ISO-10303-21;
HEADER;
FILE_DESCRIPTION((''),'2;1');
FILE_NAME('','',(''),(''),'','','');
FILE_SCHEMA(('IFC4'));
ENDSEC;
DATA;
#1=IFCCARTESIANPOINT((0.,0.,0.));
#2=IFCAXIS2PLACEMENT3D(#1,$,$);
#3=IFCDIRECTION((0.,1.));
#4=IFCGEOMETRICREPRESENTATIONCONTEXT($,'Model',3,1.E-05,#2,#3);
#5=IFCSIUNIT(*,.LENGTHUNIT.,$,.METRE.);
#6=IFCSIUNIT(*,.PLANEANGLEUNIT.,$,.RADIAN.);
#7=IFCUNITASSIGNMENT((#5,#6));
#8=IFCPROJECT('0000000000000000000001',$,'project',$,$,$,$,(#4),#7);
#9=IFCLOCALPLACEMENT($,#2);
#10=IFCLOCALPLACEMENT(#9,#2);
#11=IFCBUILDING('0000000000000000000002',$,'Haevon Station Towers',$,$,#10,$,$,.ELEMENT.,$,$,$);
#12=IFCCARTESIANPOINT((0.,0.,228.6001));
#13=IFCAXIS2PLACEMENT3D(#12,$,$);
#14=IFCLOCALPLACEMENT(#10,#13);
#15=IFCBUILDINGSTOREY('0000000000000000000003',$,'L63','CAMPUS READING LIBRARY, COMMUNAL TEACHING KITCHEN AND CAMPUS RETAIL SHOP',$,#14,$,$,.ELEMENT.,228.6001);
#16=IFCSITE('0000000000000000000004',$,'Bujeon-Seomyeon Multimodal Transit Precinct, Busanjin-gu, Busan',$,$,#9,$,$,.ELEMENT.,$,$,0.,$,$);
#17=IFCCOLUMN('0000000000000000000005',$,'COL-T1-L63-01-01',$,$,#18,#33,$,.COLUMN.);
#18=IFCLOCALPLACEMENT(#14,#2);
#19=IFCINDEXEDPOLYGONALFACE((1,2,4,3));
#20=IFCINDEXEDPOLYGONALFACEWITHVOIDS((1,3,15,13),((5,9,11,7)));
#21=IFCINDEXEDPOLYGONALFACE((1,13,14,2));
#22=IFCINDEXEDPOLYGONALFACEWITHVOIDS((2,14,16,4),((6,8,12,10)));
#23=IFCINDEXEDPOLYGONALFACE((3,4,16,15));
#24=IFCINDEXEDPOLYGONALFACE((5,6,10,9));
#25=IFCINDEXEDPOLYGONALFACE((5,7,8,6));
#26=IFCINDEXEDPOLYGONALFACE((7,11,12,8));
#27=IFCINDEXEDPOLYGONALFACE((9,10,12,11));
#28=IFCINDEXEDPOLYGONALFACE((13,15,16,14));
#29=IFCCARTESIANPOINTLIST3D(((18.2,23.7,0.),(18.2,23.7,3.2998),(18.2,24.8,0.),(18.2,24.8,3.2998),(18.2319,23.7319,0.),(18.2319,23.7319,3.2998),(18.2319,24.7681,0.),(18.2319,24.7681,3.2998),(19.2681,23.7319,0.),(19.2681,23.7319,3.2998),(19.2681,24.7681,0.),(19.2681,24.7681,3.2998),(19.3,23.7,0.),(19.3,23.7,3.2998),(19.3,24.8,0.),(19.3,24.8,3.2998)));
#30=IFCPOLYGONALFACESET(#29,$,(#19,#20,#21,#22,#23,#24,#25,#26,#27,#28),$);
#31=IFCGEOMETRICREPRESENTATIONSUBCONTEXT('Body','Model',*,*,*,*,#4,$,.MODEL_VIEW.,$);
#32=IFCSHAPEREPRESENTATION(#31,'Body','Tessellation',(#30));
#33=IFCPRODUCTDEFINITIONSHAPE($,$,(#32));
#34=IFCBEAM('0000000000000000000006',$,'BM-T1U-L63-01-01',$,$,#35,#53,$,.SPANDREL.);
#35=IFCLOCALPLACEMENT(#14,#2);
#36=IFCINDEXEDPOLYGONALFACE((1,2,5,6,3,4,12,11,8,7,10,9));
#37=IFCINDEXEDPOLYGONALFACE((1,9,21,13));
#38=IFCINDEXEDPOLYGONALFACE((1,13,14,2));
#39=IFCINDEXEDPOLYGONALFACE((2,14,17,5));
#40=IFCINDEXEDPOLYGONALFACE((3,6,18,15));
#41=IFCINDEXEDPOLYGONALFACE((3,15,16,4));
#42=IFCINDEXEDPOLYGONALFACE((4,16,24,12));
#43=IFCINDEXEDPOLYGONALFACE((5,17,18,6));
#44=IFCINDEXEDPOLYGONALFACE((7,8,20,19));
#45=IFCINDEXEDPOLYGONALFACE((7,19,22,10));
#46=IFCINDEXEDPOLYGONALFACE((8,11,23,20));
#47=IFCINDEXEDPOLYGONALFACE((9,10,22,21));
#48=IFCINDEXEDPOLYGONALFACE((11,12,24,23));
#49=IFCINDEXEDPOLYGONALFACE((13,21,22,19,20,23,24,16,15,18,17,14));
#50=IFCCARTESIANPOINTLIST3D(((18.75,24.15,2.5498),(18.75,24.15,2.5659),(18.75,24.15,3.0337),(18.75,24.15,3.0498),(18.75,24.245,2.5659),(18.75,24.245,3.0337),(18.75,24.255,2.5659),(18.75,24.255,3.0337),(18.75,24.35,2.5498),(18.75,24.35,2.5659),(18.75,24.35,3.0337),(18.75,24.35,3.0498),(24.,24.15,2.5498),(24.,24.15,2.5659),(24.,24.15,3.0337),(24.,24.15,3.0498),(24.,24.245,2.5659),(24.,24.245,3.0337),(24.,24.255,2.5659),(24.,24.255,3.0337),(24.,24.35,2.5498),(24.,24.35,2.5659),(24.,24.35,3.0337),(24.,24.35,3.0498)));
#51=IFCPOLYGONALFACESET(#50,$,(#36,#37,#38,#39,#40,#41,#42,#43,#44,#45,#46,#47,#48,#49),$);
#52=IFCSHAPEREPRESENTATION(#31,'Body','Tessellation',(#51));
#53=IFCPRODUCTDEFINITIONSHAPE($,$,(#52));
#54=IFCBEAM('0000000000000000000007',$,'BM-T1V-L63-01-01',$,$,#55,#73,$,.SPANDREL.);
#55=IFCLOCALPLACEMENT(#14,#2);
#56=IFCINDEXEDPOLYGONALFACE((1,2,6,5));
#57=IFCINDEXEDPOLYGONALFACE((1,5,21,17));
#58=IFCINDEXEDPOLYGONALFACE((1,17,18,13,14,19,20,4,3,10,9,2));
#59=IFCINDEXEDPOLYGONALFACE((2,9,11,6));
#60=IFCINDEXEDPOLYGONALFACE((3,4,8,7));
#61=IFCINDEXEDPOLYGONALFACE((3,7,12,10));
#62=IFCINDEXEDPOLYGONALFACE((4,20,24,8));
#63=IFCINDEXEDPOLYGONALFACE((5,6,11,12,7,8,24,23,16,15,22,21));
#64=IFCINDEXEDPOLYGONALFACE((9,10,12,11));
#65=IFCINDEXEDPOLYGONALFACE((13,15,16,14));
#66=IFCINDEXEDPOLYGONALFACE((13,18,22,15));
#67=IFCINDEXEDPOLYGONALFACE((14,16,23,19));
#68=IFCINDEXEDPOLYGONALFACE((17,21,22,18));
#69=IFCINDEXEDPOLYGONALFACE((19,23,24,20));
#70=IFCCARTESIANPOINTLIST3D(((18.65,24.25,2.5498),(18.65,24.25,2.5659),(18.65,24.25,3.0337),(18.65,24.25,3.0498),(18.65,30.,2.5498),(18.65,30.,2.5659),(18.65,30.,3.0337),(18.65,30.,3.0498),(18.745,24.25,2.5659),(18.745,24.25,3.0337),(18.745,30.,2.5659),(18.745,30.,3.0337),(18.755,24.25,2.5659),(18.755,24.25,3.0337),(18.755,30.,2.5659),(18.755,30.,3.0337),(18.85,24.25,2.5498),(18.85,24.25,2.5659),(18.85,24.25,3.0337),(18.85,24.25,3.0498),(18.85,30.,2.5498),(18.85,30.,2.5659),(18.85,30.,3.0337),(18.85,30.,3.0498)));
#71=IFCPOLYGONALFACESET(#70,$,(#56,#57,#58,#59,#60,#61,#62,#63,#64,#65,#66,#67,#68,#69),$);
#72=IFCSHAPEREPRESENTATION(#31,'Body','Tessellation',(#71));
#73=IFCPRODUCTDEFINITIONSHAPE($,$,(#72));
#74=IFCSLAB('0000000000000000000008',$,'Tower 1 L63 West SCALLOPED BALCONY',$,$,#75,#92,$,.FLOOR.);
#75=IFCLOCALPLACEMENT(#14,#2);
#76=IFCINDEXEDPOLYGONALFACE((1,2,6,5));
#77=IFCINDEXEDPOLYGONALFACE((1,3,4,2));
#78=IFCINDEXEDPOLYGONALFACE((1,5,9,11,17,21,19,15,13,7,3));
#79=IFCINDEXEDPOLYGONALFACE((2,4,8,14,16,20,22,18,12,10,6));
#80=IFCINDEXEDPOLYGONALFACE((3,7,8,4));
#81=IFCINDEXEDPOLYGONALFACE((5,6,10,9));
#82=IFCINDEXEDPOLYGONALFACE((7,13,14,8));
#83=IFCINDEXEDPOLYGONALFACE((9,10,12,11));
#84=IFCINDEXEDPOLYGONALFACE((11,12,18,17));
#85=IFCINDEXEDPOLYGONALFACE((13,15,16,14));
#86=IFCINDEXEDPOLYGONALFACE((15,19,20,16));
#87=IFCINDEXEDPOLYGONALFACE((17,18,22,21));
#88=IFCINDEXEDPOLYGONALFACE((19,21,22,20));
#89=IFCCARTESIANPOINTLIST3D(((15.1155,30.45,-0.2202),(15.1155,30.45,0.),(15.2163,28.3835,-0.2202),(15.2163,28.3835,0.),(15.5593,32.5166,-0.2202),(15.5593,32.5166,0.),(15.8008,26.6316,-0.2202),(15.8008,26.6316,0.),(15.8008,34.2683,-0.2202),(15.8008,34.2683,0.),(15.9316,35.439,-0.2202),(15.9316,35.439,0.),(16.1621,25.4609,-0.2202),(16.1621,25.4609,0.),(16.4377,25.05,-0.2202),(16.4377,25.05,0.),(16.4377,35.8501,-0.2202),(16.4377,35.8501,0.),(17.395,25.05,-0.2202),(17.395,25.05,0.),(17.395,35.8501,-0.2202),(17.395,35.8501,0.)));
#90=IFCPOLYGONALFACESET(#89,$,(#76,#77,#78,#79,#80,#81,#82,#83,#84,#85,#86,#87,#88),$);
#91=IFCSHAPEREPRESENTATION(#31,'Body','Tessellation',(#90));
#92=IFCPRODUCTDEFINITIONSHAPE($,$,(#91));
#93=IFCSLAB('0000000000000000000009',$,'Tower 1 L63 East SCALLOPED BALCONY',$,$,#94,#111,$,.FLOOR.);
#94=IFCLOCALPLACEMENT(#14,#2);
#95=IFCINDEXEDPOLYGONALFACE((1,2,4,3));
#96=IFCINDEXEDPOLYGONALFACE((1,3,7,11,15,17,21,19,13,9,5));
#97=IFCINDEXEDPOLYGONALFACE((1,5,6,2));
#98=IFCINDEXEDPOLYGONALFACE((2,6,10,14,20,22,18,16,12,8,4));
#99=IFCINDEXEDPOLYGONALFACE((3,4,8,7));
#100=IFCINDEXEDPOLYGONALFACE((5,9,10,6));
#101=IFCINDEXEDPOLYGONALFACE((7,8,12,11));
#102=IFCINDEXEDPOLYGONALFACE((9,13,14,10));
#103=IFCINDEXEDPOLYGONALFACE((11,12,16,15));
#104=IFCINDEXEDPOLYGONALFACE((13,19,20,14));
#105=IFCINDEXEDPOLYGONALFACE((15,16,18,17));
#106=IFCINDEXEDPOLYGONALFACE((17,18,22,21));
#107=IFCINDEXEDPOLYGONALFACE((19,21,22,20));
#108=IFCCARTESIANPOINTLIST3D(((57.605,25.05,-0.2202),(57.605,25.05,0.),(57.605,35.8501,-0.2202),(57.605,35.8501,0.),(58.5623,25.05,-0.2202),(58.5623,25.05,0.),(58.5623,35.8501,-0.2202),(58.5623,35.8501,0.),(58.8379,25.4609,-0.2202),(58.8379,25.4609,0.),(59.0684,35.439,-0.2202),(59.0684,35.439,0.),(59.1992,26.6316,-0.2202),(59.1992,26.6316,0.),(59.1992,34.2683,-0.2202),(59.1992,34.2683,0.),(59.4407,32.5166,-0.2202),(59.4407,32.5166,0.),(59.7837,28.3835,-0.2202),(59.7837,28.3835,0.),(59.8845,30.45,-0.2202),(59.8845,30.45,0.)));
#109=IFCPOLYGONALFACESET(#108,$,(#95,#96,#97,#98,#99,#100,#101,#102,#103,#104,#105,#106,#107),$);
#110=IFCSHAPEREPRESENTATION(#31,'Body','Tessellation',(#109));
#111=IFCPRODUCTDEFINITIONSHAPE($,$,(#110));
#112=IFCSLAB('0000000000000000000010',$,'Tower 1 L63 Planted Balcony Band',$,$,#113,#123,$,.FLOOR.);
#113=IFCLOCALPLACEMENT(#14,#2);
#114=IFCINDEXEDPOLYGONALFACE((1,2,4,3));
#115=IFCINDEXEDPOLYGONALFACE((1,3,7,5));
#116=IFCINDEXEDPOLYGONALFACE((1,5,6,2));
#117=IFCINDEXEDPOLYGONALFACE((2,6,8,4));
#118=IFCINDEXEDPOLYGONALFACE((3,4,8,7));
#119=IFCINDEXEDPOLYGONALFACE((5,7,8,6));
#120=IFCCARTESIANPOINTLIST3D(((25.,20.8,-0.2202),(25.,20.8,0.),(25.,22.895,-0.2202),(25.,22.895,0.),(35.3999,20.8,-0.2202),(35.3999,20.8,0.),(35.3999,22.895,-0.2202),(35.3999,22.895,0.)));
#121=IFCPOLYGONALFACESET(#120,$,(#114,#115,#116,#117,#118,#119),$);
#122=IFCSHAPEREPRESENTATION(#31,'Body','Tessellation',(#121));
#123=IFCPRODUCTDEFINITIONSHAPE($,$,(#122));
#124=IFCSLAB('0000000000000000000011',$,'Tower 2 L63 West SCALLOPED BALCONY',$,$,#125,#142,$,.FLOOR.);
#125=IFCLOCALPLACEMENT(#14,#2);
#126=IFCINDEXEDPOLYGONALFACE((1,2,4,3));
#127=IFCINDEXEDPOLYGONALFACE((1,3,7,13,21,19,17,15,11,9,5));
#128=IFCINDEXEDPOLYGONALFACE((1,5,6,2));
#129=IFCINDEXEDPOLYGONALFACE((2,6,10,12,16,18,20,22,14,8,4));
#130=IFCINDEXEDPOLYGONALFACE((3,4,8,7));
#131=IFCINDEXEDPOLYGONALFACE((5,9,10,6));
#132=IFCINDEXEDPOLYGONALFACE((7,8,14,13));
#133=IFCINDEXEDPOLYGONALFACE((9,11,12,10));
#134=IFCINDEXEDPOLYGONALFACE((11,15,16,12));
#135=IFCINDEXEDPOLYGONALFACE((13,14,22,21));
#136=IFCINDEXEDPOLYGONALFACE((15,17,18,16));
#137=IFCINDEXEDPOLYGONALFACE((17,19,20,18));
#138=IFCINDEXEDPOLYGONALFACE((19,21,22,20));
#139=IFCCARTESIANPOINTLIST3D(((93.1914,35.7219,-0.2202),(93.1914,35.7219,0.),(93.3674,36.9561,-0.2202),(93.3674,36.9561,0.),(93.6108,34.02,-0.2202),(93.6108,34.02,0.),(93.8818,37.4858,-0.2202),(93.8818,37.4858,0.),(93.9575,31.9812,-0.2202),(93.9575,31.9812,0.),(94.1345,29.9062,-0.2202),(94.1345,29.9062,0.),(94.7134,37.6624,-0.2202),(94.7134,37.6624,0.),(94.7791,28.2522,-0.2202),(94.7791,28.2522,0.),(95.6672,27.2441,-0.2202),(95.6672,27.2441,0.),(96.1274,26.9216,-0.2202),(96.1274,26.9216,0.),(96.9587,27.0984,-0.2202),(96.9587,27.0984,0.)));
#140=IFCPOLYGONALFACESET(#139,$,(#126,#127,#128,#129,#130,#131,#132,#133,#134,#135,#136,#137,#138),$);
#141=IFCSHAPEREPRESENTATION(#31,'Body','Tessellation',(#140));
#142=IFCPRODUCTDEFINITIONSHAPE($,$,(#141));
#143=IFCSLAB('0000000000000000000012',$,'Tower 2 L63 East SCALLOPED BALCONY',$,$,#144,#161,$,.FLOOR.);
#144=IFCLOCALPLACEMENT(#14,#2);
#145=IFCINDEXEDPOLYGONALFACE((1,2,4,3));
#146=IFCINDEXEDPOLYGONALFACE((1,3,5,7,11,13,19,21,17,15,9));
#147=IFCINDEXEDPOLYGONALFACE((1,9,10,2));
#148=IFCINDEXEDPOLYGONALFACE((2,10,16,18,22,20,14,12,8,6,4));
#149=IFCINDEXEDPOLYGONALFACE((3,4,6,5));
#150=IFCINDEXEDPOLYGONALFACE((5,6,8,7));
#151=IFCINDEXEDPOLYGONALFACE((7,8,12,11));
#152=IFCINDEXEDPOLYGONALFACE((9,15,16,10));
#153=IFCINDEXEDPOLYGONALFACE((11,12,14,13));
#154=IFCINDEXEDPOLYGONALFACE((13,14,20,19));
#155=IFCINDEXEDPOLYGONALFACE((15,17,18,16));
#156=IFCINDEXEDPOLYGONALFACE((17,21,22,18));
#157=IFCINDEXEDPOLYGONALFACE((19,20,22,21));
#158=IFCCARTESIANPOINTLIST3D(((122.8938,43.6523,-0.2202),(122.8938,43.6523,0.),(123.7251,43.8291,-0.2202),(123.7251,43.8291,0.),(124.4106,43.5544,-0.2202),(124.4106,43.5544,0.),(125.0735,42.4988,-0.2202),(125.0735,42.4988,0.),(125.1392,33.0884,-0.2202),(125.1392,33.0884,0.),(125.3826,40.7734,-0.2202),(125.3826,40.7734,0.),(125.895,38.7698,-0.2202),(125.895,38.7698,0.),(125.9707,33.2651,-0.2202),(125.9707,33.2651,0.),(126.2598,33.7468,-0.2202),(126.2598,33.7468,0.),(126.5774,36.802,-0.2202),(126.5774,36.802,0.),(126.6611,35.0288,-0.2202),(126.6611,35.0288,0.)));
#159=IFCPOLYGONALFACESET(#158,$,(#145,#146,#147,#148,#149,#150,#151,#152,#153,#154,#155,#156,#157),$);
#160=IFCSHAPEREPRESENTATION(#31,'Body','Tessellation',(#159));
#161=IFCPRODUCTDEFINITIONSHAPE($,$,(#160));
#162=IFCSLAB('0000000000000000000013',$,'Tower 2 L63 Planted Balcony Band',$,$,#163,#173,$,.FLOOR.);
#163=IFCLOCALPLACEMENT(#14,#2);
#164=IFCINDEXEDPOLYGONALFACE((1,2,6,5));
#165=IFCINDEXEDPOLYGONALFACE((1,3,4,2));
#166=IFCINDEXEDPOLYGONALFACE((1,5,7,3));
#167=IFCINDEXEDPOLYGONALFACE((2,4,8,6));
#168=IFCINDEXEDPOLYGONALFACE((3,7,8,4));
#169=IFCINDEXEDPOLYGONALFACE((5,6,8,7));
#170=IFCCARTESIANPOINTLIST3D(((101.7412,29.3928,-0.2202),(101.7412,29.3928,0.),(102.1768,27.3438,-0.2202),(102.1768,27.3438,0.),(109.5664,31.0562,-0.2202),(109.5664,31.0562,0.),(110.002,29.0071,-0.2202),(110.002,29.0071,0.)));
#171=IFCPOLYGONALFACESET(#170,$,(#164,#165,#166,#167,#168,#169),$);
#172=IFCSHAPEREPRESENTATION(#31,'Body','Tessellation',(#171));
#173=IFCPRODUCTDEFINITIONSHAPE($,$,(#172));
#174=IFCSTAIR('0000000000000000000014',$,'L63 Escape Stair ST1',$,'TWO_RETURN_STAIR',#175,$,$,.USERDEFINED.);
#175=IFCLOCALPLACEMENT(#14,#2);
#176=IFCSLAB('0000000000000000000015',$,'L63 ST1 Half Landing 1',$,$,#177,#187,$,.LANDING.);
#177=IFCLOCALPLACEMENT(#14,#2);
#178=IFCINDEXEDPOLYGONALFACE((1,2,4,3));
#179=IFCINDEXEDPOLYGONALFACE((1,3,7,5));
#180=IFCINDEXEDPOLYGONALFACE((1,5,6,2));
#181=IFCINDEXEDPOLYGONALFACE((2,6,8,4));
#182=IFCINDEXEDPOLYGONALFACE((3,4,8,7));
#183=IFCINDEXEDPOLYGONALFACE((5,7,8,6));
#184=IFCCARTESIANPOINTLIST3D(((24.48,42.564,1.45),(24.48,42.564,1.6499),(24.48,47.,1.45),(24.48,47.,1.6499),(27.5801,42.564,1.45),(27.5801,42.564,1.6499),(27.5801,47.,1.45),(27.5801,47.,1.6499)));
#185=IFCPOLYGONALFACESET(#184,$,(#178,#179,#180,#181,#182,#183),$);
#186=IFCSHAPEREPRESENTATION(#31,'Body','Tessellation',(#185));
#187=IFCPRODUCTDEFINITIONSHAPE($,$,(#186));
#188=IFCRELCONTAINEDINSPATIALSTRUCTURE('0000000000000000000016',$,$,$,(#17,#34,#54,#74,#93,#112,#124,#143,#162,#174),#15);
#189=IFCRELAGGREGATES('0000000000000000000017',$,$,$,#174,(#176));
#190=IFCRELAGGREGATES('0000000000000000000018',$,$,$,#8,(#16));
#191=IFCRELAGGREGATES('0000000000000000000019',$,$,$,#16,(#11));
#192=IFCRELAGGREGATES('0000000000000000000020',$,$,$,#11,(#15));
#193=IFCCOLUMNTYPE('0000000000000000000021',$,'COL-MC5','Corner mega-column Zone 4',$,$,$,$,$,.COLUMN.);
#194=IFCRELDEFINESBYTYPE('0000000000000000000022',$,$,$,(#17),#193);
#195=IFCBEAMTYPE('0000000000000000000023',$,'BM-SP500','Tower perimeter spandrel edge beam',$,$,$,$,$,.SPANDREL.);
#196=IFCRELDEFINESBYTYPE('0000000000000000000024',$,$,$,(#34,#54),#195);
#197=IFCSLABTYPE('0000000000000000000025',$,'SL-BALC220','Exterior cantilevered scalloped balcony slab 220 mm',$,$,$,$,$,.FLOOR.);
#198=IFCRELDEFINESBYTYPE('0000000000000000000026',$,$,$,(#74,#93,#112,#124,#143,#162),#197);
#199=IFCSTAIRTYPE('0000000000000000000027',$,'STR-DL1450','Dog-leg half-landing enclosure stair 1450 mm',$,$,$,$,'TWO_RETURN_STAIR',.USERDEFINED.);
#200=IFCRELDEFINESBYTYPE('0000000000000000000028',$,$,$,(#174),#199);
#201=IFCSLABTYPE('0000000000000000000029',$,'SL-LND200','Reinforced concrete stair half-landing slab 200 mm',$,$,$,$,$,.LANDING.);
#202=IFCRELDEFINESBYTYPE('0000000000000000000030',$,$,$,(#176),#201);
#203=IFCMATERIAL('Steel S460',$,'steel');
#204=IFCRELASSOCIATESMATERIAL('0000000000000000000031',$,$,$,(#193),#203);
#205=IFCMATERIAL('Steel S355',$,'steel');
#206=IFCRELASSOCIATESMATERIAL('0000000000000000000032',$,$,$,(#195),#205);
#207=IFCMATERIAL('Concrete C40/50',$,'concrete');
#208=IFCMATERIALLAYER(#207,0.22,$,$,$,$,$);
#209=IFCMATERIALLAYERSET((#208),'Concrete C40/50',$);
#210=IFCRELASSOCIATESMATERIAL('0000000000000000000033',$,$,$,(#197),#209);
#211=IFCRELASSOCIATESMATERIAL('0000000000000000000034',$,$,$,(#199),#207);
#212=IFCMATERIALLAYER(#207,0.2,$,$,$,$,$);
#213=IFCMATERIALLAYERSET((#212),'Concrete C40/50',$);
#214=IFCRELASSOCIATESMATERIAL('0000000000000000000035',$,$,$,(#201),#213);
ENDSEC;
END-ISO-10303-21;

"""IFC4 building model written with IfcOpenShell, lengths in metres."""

from ifc_helpers import new_model, si_unit, direction, frame, origin, origin_2d, place, context, subcontext, project, spatial, polyline, hollow_rectangle, i_section, outline, extrude, material, layer, layer_set, material_profile, profile_set, type_object, element, aggregate, save


model = new_model("IFC4")

# Units and contexts
model_context = context("Model", 3, precision=1e-05, world=origin(), true_north=direction((0.0, 1.0)))
body_context = subcontext(model_context, "Body", "Model", "MODEL_VIEW")
ifc_project = project(units=[si_unit("LENGTHUNIT", "METRE"), si_unit("PLANEANGLEUNIT", "RADIAN")], contexts=[model_context])

# Site, building, storey
site_placement = place(None, origin())
site = spatial("IfcSite", under=ifc_project, at=site_placement, Name="Bujeon-Seomyeon Multimodal Transit Precinct, Busanjin-gu, Busan", CompositionType="ELEMENT", RefElevation=0.0)
building_placement = place(site_placement, origin())
building = spatial("IfcBuilding", under=site, at=building_placement, Name="Haevon Station Towers", CompositionType="ELEMENT")
storey_placement = place(building_placement, frame((0.0, 0.0, 228.6001)))
storey = spatial("IfcBuildingStorey", under=building, at=storey_placement, Name="L63", Description="CAMPUS READING LIBRARY, COMMUNAL TEACHING KITCHEN AND CAMPUS RETAIL SHOP", CompositionType="ELEMENT", Elevation=228.6001)

# Column
ifc_material_1 = material(Name="Steel S460", Category="steel")
ifc_material_profile_1 = material_profile(ifc_material_1, hollow_rectangle(XDim=1.1001, YDim=1.1001, WallThickness=0.032, at=origin_2d()), Name="BOX-1100x1100x32")
ifc_profile_set_1 = profile_set([ifc_material_profile_1], Name="Steel S460")
column_type = type_object("IfcColumnType", Name="COL-MC5", Description="Corner mega-column Zone 4", PredefinedType="COLUMN", material=ifc_profile_set_1)
column_placement = place(storey_placement, frame((18.75, 24.25, 0.0), z_axis=(0.0, 0.0, 1.0), x_axis=(1.0, 0.0, 0.0)))
element("IfcColumn", 1, at=column_placement, inside=storey, type_object=column_type, Name="COL-T1-L63-01-01", PredefinedType="COLUMN", context=body_context, shape_type="SweptSolid", body=[
    extrude(hollow_rectangle(XDim=1.1001, YDim=1.1001, WallThickness=0.032, at=origin_2d()), origin(), (0.0, 0.0, 1.0), 3.2998),
])

# Beams
ifc_material_2 = material(Name="Steel S355", Category="steel")
ifc_material_profile_2 = material_profile(ifc_material_2, i_section(OverallWidth=0.2, OverallDepth=0.5, WebThickness=0.01, FlangeThickness=0.0161, at=origin_2d()), Name="H-500x200x10x16")
ifc_profile_set_2 = profile_set([ifc_material_profile_2], Name="Steel S355")
beam_type = type_object("IfcBeamType", Name="BM-SP500", Description="Tower perimeter spandrel edge beam", PredefinedType="SPANDREL", material=ifc_profile_set_2)
beam_1_placement = place(storey_placement, frame((18.75, 24.25, 2.7998), z_axis=(1.0, 0.0, 0.0), x_axis=(0.0, 1.0, 0.0)))
element("IfcBeam", 2, at=beam_1_placement, inside=storey, type_object=beam_type, Name="BM-T1U-L63-01-01", PredefinedType="SPANDREL", context=body_context, shape_type="SweptSolid", body=[
    extrude(i_section(OverallWidth=0.2, OverallDepth=0.5, WebThickness=0.01, FlangeThickness=0.0161, at=origin_2d()), origin(), (0.0, 0.0, 1.0), 5.25),
])
beam_2_placement = place(storey_placement, frame((18.75, 24.25, 2.7998), z_axis=(0.0, 1.0, 0.0), x_axis=(-1.0, 0.0, 0.0)))
element("IfcBeam", 3, at=beam_2_placement, inside=storey, type_object=beam_type, Name="BM-T1V-L63-01-01", PredefinedType="SPANDREL", context=body_context, shape_type="SweptSolid", body=[
    extrude(i_section(OverallWidth=0.2, OverallDepth=0.5, WebThickness=0.01, FlangeThickness=0.0161, at=origin_2d()), origin(), (0.0, 0.0, 1.0), 5.75),
])

# Slabs
ifc_material_3 = material(Name="Concrete C40/50", Category="concrete")
ifc_layer_1 = layer(ifc_material_3, 0.22)
ifc_layer_set_1 = layer_set([ifc_layer_1], Name="Concrete C40/50")
slab_type_1 = type_object("IfcSlabType", Name="SL-BALC220", Description="Exterior cantilevered scalloped balcony slab 220 mm", PredefinedType="FLOOR", material=ifc_layer_set_1)
slab_1_placement = place(storey_placement, frame((0.0, 0.0, -0.2202)))
element("IfcSlab", 4, at=slab_1_placement, inside=storey, type_object=slab_type_1, Name="Tower 1 L63 West SCALLOPED BALCONY", PredefinedType="FLOOR", context=body_context, shape_type="SweptSolid", body=[
    extrude(outline(polyline([(17.395, 35.8501), (16.4377, 35.8501), (15.9316, 35.439), (15.8008, 34.2683), (15.5593, 32.5166), (15.1155, 30.45), (15.2163, 28.3835), (15.8008, 26.6316), (16.1621, 25.4609), (16.4377, 25.05), (17.395, 25.05), (17.395, 35.8501)])), origin(), (0.0, 0.0, 1.0), 0.2202),
])
slab_2_placement = place(storey_placement, frame((0.0, 0.0, -0.2202)))
element("IfcSlab", 5, at=slab_2_placement, inside=storey, type_object=slab_type_1, Name="Tower 1 L63 East SCALLOPED BALCONY", PredefinedType="FLOOR", context=body_context, shape_type="SweptSolid", body=[
    extrude(outline(polyline([(57.605, 25.05), (58.5623, 25.05), (58.8379, 25.4609), (59.1992, 26.6316), (59.7837, 28.3835), (59.8845, 30.45), (59.4407, 32.5166), (59.1992, 34.2683), (59.0684, 35.439), (58.5623, 35.8501), (57.605, 35.8501), (57.605, 25.05)])), origin(), (0.0, 0.0, 1.0), 0.2202),
])
slab_3_placement = place(storey_placement, frame((0.0, 0.0, -0.2202)))
element("IfcSlab", 6, at=slab_3_placement, inside=storey, type_object=slab_type_1, Name="Tower 1 L63 Planted Balcony Band", PredefinedType="FLOOR", context=body_context, shape_type="SweptSolid", body=[
    extrude(outline(polyline([(25.0, 20.8), (35.3999, 20.8), (35.3999, 22.895), (25.0, 22.895), (25.0, 20.8)])), origin(), (0.0, 0.0, 1.0), 0.2202),
])
slab_4_placement = place(storey_placement, frame((0.0, 0.0, -0.2202)))
element("IfcSlab", 7, at=slab_4_placement, inside=storey, type_object=slab_type_1, Name="Tower 2 L63 West SCALLOPED BALCONY", PredefinedType="FLOOR", context=body_context, shape_type="SweptSolid", body=[
    extrude(outline(polyline([(94.7134, 37.6624), (93.8818, 37.4858), (93.3674, 36.9561), (93.1914, 35.7219), (93.6108, 34.02), (93.9575, 31.9812), (94.1345, 29.9062), (94.7791, 28.2522), (95.6672, 27.2441), (96.1274, 26.9216), (96.9587, 27.0984), (94.7134, 37.6624)])), origin(), (0.0, 0.0, 1.0), 0.2202),
])
slab_5_placement = place(storey_placement, frame((0.0, 0.0, -0.2202)))
element("IfcSlab", 8, at=slab_5_placement, inside=storey, type_object=slab_type_1, Name="Tower 2 L63 East SCALLOPED BALCONY", PredefinedType="FLOOR", context=body_context, shape_type="SweptSolid", body=[
    extrude(outline(polyline([(125.1392, 33.0884), (125.9707, 33.2651), (126.2598, 33.7468), (126.6611, 35.0288), (126.5774, 36.802), (125.895, 38.7698), (125.3826, 40.7734), (125.0735, 42.4988), (124.4106, 43.5544), (123.7251, 43.8291), (122.8938, 43.6523), (125.1392, 33.0884)])), origin(), (0.0, 0.0, 1.0), 0.2202),
])
slab_6_placement = place(storey_placement, frame((0.0, 0.0, -0.2202)))
element("IfcSlab", 9, at=slab_6_placement, inside=storey, type_object=slab_type_1, Name="Tower 2 L63 Planted Balcony Band", PredefinedType="FLOOR", context=body_context, shape_type="SweptSolid", body=[
    extrude(outline(polyline([(102.1768, 27.3438), (110.002, 29.0071), (109.5664, 31.0562), (101.7412, 29.3928), (102.1768, 27.3438)])), origin(), (0.0, 0.0, 1.0), 0.2202),
])

# Stair, slab
stair_type = type_object("IfcStairType", Name="STR-DL1450", Description="Dog-leg half-landing enclosure stair 1450 mm", ElementType="TWO_RETURN_STAIR", PredefinedType="USERDEFINED", material=ifc_material_3)
stair_1_placement = place(storey_placement, origin())
stair_1 = element("IfcStair", 10, at=stair_1_placement, inside=storey, type_object=stair_type, Name="L63 Escape Stair ST1", ObjectType="TWO_RETURN_STAIR", PredefinedType="USERDEFINED")
ifc_layer_2 = layer(ifc_material_3, 0.2)
ifc_layer_set_2 = layer_set([ifc_layer_2], Name="Concrete C40/50")
slab_type_2 = type_object("IfcSlabType", Name="SL-LND200", Description="Reinforced concrete stair half-landing slab 200 mm", PredefinedType="LANDING", material=ifc_layer_set_2)
slab_7_placement = place(storey_placement, frame((0.0, 0.0, 1.45)))
slab_7 = element("IfcSlab", 11, at=slab_7_placement, type_object=slab_type_2, Name="L63 ST1 Half Landing 1", PredefinedType="LANDING", context=body_context, shape_type="SweptSolid", body=[
    extrude(outline(polyline([(27.5801, 42.564), (27.5801, 47.0), (24.48, 47.0), (24.48, 42.564), (27.5801, 42.564)])), origin(), (0.0, 0.0, 1.0), 0.2),
])
aggregate(stair_1, [slab_7])

save(model, "model.ifc")
